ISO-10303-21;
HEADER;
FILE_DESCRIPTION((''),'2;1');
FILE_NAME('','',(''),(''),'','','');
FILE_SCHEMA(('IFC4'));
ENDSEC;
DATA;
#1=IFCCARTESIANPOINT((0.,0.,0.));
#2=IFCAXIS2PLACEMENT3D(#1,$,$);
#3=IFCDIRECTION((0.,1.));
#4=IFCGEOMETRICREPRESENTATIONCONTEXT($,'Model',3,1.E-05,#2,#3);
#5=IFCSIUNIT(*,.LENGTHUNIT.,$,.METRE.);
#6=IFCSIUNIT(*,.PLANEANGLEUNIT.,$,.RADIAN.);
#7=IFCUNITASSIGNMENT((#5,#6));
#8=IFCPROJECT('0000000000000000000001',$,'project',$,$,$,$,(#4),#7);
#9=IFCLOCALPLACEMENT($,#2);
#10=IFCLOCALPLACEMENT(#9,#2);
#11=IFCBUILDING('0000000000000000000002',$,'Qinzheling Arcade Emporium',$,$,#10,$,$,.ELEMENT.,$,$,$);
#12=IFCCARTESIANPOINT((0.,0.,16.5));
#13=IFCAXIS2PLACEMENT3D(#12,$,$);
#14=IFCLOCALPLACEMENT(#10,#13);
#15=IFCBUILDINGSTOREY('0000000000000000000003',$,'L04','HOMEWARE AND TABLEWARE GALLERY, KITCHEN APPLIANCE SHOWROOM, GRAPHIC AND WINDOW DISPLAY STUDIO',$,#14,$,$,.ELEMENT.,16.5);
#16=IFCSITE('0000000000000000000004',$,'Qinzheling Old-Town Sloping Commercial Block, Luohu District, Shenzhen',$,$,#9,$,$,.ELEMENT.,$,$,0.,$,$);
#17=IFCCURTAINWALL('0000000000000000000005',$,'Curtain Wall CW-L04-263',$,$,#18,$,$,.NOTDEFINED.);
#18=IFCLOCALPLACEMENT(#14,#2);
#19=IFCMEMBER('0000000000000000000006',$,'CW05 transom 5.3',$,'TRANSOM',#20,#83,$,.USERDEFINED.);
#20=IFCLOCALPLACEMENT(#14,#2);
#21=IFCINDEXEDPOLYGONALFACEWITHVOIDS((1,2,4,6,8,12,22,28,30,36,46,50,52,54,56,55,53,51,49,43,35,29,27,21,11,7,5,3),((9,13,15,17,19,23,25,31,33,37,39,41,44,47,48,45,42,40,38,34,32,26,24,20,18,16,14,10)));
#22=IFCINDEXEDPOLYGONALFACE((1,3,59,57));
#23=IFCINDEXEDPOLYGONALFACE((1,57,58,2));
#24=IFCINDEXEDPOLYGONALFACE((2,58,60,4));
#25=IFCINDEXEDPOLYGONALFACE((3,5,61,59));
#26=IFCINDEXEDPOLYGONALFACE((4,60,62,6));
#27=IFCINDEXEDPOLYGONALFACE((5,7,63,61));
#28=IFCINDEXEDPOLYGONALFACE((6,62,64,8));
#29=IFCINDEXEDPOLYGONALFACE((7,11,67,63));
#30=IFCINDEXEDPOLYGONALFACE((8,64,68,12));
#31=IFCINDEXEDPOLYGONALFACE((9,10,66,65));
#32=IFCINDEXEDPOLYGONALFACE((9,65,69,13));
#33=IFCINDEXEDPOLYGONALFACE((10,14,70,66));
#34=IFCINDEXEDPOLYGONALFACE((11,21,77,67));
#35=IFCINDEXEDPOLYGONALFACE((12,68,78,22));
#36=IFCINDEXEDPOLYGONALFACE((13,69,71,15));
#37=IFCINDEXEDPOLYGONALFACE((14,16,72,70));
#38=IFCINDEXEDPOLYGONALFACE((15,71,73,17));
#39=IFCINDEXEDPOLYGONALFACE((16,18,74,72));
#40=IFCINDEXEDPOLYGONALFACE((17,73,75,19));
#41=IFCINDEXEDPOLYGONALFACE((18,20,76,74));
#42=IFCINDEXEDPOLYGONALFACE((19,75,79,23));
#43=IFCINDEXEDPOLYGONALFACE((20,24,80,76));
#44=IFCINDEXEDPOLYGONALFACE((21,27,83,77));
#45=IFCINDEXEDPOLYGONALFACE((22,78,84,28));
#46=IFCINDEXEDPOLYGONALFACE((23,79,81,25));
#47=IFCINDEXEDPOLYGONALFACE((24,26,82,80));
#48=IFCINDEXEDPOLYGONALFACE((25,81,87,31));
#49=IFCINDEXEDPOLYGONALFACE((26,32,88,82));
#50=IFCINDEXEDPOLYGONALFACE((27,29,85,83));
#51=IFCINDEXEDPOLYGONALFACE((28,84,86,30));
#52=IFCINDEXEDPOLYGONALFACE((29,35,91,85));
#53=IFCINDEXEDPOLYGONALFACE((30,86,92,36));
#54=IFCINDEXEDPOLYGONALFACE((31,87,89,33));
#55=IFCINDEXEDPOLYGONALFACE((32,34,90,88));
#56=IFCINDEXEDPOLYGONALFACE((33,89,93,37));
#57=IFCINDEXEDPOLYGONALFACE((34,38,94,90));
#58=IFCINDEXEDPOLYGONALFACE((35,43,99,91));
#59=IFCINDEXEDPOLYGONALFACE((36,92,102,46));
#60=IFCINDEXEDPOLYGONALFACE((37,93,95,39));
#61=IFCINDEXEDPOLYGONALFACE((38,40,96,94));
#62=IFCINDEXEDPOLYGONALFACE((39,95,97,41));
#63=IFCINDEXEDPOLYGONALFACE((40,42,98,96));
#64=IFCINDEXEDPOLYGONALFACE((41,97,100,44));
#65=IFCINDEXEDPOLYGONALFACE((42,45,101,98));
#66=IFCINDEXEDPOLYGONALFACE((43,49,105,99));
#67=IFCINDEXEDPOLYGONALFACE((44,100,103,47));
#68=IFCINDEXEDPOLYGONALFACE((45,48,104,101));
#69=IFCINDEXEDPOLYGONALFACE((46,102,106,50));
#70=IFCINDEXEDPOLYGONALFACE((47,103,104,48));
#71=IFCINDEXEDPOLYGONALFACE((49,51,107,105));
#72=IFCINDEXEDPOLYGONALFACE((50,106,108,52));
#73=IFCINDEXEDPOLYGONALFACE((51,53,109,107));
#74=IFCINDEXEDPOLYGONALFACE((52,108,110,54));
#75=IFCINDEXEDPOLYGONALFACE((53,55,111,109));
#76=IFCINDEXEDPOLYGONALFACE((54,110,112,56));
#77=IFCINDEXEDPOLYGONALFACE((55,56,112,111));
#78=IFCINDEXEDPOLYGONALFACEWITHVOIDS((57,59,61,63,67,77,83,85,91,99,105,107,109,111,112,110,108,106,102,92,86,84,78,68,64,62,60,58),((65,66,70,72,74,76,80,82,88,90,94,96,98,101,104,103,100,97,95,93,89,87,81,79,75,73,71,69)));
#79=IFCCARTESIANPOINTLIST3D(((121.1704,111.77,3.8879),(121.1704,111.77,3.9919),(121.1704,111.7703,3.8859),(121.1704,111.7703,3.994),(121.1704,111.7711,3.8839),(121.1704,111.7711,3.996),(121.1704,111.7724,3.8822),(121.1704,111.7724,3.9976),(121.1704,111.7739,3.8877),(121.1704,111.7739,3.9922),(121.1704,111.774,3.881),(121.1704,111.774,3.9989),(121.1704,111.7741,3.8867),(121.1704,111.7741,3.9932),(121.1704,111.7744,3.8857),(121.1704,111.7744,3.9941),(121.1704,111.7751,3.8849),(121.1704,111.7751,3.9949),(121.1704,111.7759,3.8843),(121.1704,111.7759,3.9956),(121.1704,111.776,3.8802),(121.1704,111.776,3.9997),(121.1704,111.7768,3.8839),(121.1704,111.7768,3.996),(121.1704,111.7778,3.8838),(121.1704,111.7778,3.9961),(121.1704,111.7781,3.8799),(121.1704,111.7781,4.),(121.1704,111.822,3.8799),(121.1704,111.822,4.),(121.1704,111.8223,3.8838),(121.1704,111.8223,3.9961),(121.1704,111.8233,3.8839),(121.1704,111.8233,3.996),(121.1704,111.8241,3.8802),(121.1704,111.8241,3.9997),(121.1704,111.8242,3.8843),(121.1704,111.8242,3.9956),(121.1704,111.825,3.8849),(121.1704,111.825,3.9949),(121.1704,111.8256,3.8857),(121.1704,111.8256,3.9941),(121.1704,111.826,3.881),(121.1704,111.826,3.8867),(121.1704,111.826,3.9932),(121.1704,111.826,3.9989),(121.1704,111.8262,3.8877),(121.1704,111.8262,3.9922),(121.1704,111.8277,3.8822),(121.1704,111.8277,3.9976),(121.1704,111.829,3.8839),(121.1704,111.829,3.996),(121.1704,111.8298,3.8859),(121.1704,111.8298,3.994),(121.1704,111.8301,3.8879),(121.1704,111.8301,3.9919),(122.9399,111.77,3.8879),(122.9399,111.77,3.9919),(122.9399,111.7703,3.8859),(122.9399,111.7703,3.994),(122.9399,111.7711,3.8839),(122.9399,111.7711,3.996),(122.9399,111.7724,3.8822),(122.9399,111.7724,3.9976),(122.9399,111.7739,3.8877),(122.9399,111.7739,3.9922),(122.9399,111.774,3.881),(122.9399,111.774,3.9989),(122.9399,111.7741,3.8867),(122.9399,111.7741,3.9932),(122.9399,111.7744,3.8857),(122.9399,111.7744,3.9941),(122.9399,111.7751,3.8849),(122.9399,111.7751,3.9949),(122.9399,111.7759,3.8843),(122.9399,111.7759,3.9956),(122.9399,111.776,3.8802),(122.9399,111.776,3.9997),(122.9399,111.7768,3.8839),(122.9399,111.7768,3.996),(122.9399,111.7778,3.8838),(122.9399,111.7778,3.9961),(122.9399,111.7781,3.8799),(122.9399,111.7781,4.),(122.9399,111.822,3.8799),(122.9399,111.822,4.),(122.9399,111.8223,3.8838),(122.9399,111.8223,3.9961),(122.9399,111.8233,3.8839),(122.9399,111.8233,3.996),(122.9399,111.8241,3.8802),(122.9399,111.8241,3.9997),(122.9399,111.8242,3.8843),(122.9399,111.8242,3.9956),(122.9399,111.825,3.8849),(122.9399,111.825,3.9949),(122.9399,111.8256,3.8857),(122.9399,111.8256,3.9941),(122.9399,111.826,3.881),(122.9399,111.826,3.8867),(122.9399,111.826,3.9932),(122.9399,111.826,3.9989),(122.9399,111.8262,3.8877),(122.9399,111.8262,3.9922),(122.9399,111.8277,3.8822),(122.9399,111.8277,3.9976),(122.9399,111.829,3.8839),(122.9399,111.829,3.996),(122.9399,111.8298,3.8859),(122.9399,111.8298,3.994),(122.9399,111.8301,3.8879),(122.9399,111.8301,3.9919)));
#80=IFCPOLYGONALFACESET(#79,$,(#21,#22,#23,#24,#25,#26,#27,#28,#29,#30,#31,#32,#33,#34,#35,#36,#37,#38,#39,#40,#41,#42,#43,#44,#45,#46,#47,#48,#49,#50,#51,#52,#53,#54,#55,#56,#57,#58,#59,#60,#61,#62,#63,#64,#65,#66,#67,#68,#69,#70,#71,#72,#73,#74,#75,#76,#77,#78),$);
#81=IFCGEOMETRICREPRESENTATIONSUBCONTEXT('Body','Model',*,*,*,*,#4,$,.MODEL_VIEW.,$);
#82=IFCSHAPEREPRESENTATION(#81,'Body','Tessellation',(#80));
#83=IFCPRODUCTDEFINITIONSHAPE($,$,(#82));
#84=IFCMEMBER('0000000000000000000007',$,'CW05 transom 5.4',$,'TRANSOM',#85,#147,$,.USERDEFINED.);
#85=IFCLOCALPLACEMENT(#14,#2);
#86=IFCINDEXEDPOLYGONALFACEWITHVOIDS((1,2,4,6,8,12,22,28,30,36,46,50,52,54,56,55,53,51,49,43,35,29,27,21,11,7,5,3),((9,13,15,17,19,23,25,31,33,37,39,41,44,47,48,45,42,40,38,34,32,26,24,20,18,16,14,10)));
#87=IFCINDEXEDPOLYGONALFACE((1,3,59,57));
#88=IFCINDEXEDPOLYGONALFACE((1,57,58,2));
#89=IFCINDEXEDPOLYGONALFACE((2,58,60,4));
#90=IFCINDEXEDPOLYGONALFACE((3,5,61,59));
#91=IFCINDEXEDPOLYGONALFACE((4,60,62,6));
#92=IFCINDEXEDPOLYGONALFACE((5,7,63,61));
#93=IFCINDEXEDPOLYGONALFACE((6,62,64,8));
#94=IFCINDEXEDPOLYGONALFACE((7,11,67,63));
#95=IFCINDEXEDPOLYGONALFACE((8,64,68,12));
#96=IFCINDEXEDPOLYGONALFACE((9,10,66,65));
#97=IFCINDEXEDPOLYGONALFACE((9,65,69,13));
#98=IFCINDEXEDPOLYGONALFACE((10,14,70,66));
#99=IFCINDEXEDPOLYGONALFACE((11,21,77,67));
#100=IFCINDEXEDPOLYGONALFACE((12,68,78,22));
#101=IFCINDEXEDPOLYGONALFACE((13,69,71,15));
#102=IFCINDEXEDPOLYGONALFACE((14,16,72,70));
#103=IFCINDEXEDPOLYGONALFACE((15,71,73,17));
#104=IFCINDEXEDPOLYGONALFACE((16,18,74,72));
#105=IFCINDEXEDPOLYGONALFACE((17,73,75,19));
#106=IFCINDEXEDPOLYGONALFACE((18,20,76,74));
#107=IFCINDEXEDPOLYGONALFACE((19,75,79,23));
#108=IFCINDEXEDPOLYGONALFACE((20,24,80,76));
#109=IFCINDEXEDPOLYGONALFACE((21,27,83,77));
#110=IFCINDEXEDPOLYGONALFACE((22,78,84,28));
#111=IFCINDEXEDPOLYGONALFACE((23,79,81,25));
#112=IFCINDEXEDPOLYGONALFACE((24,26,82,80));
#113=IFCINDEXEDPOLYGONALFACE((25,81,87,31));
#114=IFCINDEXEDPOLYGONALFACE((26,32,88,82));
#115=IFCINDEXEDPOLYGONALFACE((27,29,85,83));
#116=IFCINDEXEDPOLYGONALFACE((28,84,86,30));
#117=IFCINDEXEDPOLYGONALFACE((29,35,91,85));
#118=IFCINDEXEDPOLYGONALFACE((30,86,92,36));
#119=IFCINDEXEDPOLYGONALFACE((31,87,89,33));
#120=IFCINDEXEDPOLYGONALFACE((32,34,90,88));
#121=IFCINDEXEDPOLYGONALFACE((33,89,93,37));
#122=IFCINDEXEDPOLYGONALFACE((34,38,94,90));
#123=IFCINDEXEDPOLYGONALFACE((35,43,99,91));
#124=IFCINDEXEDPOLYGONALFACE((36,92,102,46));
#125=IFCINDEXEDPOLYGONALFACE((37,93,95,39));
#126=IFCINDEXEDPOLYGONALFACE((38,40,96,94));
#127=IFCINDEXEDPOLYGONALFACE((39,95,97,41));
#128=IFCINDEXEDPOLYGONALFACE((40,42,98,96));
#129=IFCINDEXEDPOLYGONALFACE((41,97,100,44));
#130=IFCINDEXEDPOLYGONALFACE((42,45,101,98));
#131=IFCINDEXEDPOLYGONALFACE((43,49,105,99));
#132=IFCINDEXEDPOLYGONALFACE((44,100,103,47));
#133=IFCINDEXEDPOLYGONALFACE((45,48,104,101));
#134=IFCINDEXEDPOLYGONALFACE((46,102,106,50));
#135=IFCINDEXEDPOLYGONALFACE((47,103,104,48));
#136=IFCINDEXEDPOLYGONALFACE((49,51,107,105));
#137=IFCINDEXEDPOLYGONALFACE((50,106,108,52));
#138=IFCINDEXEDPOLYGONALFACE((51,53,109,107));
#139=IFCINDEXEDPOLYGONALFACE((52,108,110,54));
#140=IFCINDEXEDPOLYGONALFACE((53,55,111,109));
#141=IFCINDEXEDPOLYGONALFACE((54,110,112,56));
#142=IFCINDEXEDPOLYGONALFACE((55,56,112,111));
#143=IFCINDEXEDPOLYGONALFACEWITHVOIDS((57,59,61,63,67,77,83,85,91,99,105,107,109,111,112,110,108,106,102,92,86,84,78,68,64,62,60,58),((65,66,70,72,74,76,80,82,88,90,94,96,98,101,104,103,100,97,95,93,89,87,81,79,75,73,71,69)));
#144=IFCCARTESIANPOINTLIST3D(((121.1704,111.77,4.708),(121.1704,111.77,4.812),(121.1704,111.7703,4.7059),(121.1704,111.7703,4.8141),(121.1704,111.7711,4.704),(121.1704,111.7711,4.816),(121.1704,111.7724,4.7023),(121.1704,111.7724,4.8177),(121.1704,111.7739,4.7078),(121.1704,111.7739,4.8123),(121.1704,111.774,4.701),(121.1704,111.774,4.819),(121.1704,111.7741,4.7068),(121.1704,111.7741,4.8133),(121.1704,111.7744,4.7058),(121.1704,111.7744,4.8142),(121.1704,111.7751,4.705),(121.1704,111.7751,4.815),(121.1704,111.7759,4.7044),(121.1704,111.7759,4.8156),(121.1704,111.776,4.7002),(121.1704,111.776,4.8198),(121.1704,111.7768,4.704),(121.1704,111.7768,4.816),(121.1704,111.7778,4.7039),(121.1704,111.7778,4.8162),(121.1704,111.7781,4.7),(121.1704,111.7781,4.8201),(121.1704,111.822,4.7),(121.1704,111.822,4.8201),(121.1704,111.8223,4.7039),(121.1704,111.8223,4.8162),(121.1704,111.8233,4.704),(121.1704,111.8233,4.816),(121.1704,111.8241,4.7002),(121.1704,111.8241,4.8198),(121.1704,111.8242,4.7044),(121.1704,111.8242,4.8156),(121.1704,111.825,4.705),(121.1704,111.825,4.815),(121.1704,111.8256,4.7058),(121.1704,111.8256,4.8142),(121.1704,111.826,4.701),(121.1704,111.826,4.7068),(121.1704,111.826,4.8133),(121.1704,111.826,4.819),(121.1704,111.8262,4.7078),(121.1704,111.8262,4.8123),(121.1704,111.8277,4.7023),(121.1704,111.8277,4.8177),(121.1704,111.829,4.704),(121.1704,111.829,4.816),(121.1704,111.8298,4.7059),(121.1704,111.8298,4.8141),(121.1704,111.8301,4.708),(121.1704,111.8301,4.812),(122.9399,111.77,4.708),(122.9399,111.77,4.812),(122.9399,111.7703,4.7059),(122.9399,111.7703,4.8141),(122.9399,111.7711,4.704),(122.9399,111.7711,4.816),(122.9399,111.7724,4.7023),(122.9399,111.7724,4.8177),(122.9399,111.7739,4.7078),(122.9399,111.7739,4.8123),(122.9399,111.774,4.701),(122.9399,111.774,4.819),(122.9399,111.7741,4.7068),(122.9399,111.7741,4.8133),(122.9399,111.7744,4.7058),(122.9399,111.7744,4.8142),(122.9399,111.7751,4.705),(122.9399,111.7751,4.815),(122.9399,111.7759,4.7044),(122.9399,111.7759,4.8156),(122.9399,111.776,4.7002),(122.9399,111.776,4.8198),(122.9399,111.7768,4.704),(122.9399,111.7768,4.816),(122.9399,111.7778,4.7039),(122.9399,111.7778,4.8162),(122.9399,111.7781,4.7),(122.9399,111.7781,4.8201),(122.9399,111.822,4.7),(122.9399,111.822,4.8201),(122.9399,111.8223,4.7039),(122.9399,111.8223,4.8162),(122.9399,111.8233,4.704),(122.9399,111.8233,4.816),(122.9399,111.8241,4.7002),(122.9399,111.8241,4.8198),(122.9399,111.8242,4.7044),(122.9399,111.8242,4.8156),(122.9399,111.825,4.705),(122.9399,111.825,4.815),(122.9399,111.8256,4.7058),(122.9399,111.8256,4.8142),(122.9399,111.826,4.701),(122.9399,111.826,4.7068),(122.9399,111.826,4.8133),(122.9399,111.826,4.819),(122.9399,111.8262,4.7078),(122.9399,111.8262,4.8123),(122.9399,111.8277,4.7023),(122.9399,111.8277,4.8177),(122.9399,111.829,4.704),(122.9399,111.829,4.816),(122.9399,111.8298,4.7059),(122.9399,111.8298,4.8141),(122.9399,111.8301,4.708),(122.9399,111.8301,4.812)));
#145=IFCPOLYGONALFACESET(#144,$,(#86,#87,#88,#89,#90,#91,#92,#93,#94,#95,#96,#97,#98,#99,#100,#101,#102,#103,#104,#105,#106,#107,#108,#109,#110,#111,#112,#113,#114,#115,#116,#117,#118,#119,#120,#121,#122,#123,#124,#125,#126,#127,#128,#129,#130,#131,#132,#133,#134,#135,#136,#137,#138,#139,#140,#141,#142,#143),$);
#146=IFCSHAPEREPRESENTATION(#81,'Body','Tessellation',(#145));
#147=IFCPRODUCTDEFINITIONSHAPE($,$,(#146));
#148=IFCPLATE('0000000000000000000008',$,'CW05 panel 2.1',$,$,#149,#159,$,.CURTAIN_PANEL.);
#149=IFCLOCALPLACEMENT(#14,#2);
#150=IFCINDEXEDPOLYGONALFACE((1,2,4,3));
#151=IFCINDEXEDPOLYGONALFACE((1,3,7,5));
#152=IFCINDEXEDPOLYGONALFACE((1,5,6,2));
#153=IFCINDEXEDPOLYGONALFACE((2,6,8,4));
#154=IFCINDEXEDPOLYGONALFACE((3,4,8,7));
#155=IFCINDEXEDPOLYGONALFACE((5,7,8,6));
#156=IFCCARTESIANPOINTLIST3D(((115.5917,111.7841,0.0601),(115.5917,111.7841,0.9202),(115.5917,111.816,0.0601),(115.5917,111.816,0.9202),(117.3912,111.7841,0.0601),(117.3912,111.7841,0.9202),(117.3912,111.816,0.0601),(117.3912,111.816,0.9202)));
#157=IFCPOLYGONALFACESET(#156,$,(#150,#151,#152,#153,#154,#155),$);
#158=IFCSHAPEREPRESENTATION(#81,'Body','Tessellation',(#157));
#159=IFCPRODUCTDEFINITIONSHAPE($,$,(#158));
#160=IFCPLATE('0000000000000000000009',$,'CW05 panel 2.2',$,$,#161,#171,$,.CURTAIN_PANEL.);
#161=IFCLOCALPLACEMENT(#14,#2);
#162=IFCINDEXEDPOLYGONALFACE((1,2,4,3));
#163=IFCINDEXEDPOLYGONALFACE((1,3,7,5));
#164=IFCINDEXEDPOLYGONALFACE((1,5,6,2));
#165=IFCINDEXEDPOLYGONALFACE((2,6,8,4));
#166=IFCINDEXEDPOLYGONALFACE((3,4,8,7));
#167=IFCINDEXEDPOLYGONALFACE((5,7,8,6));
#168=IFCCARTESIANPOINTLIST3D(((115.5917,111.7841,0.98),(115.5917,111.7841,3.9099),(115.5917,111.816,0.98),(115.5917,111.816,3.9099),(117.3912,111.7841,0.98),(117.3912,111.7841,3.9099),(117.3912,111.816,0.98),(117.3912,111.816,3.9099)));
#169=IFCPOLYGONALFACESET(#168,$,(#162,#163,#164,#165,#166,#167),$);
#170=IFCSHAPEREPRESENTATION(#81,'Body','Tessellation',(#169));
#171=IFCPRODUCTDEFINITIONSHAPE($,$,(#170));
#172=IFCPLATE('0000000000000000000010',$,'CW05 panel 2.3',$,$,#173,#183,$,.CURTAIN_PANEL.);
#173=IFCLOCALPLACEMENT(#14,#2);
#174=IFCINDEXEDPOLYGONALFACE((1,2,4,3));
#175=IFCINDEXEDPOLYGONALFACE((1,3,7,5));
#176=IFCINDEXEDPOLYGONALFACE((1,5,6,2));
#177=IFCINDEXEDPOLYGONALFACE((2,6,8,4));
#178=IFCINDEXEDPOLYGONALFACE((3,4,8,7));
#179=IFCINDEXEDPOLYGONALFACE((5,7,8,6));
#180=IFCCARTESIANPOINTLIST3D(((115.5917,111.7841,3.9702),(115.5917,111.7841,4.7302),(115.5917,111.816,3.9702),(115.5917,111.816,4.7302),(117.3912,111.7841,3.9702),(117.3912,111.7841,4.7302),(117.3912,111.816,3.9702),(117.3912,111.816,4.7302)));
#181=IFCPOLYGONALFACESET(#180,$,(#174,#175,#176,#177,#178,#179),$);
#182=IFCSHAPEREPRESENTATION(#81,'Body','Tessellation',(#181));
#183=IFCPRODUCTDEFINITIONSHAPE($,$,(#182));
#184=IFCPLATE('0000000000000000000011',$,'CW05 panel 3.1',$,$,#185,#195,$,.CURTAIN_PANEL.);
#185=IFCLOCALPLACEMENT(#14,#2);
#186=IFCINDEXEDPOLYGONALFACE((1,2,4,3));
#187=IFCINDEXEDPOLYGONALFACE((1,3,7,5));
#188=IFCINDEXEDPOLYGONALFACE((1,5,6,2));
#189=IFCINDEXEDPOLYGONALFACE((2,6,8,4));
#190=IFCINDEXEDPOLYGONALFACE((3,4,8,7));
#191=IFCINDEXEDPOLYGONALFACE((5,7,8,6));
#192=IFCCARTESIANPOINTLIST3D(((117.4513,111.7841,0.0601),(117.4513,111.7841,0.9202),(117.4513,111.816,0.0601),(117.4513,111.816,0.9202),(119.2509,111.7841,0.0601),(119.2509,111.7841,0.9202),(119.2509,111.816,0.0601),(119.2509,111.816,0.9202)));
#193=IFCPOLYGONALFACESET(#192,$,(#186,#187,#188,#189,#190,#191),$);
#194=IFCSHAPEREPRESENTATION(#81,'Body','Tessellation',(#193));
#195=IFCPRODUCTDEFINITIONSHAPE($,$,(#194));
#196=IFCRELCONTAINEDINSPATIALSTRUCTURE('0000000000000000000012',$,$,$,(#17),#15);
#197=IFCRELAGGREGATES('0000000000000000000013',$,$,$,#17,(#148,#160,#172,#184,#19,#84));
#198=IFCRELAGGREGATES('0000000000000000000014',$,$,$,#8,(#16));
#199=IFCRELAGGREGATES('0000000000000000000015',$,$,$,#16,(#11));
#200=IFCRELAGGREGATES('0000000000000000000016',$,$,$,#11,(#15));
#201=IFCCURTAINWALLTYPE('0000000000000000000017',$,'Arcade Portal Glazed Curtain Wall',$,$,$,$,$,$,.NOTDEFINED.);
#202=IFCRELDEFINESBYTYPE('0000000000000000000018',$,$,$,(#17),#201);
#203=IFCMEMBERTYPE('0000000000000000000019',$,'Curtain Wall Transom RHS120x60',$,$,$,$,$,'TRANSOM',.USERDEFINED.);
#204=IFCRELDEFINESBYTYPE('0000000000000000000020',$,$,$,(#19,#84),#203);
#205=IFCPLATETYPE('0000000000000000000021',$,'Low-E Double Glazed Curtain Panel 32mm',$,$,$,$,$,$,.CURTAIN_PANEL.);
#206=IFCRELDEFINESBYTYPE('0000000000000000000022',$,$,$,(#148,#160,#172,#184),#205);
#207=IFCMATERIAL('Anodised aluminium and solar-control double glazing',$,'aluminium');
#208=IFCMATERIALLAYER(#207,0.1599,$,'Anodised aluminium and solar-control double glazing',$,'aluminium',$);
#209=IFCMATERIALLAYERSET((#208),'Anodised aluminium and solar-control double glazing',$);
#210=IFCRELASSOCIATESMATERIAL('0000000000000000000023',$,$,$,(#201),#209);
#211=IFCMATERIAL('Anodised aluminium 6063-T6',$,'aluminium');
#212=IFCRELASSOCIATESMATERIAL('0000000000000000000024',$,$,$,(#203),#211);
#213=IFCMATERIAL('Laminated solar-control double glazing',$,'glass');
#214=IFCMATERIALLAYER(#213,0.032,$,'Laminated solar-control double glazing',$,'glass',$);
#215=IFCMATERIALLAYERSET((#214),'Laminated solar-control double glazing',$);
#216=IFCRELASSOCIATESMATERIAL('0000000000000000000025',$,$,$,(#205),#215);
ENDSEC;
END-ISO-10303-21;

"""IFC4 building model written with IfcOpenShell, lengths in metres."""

from ifc_helpers import new_model, si_unit, direction, frame, origin, origin_2d, place, context, subcontext, project, spatial, rectangle, hollow_rectangle, extrude, material, layer, layer_set, material_profile, profile_set, type_object, element, aggregate, save


model = new_model("IFC4")

# Units and contexts
model_context = context("Model", 3, precision=1e-05, world=origin(), true_north=direction((0.0, 1.0)))
body_context = subcontext(model_context, "Body", "Model", "MODEL_VIEW")
ifc_project = project(units=[si_unit("LENGTHUNIT", "METRE"), si_unit("PLANEANGLEUNIT", "RADIAN")], contexts=[model_context])

# Site, building, storey
site_placement = place(None, origin())
site = spatial("IfcSite", under=ifc_project, at=site_placement, Name="Qinzheling Old-Town Sloping Commercial Block, Luohu District, Shenzhen", CompositionType="ELEMENT", RefElevation=0.0)
building_placement = place(site_placement, origin())
building = spatial("IfcBuilding", under=site, at=building_placement, Name="Qinzheling Arcade Emporium", CompositionType="ELEMENT")
storey_placement = place(building_placement, frame((0.0, 0.0, 16.5)))
storey = spatial("IfcBuildingStorey", under=building, at=storey_placement, Name="L04", Description="HOMEWARE AND TABLEWARE GALLERY, KITCHEN APPLIANCE SHOWROOM, GRAPHIC AND WINDOW DISPLAY STUDIO", CompositionType="ELEMENT", Elevation=16.5)

# Curtain wall, members, plates
ifc_material_1 = material(Name="Anodised aluminium and solar-control double glazing", Category="aluminium")
ifc_layer_1 = layer(ifc_material_1, 0.1599, Name="Anodised aluminium and solar-control double glazing", Category="aluminium")
ifc_layer_set_1 = layer_set([ifc_layer_1], Name="Anodised aluminium and solar-control double glazing")
curtain_wall_type = type_object("IfcCurtainWallType", Name="Arcade Portal Glazed Curtain Wall", PredefinedType="NOTDEFINED", material=ifc_layer_set_1)
curtain_wall_placement = place(storey_placement, origin())
curtain_wall = element("IfcCurtainWall", 1, at=curtain_wall_placement, inside=storey, type_object=curtain_wall_type, Name="Curtain Wall CW-L04-263", PredefinedType="NOTDEFINED")
ifc_material_2 = material(Name="Anodised aluminium 6063-T6", Category="aluminium")
ifc_material_profile_1 = material_profile(ifc_material_2, hollow_rectangle(XDim=0.0601, YDim=0.1201, WallThickness=0.0039, InnerFilletRadius=0.0039, OuterFilletRadius=0.0081, at=origin_2d()), Name="RHS 120x60x4", Category="aluminium")
ifc_profile_set_1 = profile_set([ifc_material_profile_1], Name="Anodised aluminium 6063-T6")
member_type_1 = type_object("IfcMemberType", Name="Curtain Wall Transom RHS120x60", ElementType="TRANSOM", PredefinedType="USERDEFINED", material=ifc_profile_set_1)
member_1_placement = place(storey_placement, frame((121.1704, 111.8, 3.9399), z_axis=(1.0, 0.0, 0.0), x_axis=(0.0, 1.0, 0.0)))
member_1 = element("IfcMember", 2, at=member_1_placement, type_object=member_type_1, Name="CW05 transom 5.3", ObjectType="TRANSOM", PredefinedType="USERDEFINED", context=body_context, shape_type="SweptSolid", body=[
    extrude(hollow_rectangle(XDim=0.0601, YDim=0.1201, WallThickness=0.0039, InnerFilletRadius=0.0039, OuterFilletRadius=0.0081, at=origin_2d()), origin(), (0.0, 0.0, 1.0), 1.7695),
])
member_2_placement = place(storey_placement, frame((121.1704, 111.8, 4.76), z_axis=(1.0, 0.0, 0.0), x_axis=(0.0, 1.0, 0.0)))
member_2 = element("IfcMember", 3, at=member_2_placement, type_object=member_type_1, Name="CW05 transom 5.4", ObjectType="TRANSOM", PredefinedType="USERDEFINED", context=body_context, shape_type="SweptSolid", body=[
    extrude(hollow_rectangle(XDim=0.0601, YDim=0.1201, WallThickness=0.0039, InnerFilletRadius=0.0039, OuterFilletRadius=0.0081, at=origin_2d()), origin(), (0.0, 0.0, 1.0), 1.7695),
])
ifc_material_3 = material(Name="Laminated solar-control double glazing", Category="glass")
ifc_layer_2 = layer(ifc_material_3, 0.032, Name="Laminated solar-control double glazing", Category="glass")
ifc_layer_set_2 = layer_set([ifc_layer_2], Name="Laminated solar-control double glazing")
plate_type = type_object("IfcPlateType", Name="Low-E Double Glazed Curtain Panel 32mm", PredefinedType="CURTAIN_PANEL", material=ifc_layer_set_2)
plate_1_placement = place(storey_placement, frame((116.4915, 111.8, 0.0601), z_axis=(0.0, 0.0, 1.0), x_axis=(1.0, 0.0, 0.0)))
plate_1 = element("IfcPlate", 4, at=plate_1_placement, type_object=plate_type, Name="CW05 panel 2.1", PredefinedType="CURTAIN_PANEL", context=body_context, shape_type="SweptSolid", body=[
    extrude(rectangle(XDim=1.7996, YDim=0.032, at=origin_2d()), origin(), (0.0, 0.0, 1.0), 0.8601),
])
plate_2_placement = place(storey_placement, frame((116.4915, 111.8, 0.98), z_axis=(0.0, 0.0, 1.0), x_axis=(1.0, 0.0, 0.0)))
plate_2 = element("IfcPlate", 5, at=plate_2_placement, type_object=plate_type, Name="CW05 panel 2.2", PredefinedType="CURTAIN_PANEL", context=body_context, shape_type="SweptSolid", body=[
    extrude(rectangle(XDim=1.7996, YDim=0.032, at=origin_2d()), origin(), (0.0, 0.0, 1.0), 2.9299),
])
plate_3_placement = place(storey_placement, frame((116.4915, 111.8, 3.9702), z_axis=(0.0, 0.0, 1.0), x_axis=(1.0, 0.0, 0.0)))
plate_3 = element("IfcPlate", 6, at=plate_3_placement, type_object=plate_type, Name="CW05 panel 2.3", PredefinedType="CURTAIN_PANEL", context=body_context, shape_type="SweptSolid", body=[
    extrude(rectangle(XDim=1.7996, YDim=0.032, at=origin_2d()), origin(), (0.0, 0.0, 1.0), 0.76),
])
plate_4_placement = place(storey_placement, frame((118.3511, 111.8, 0.0601), z_axis=(0.0, 0.0, 1.0), x_axis=(1.0, 0.0, 0.0)))
plate_4 = element("IfcPlate", 7, at=plate_4_placement, type_object=plate_type, Name="CW05 panel 3.1", PredefinedType="CURTAIN_PANEL", context=body_context, shape_type="SweptSolid", body=[
    extrude(rectangle(XDim=1.7996, YDim=0.032, at=origin_2d()), origin(), (0.0, 0.0, 1.0), 0.8601),
])
aggregate(curtain_wall, [plate_1, plate_2, plate_3, plate_4, member_1, member_2])

save(model, "model.ifc")
